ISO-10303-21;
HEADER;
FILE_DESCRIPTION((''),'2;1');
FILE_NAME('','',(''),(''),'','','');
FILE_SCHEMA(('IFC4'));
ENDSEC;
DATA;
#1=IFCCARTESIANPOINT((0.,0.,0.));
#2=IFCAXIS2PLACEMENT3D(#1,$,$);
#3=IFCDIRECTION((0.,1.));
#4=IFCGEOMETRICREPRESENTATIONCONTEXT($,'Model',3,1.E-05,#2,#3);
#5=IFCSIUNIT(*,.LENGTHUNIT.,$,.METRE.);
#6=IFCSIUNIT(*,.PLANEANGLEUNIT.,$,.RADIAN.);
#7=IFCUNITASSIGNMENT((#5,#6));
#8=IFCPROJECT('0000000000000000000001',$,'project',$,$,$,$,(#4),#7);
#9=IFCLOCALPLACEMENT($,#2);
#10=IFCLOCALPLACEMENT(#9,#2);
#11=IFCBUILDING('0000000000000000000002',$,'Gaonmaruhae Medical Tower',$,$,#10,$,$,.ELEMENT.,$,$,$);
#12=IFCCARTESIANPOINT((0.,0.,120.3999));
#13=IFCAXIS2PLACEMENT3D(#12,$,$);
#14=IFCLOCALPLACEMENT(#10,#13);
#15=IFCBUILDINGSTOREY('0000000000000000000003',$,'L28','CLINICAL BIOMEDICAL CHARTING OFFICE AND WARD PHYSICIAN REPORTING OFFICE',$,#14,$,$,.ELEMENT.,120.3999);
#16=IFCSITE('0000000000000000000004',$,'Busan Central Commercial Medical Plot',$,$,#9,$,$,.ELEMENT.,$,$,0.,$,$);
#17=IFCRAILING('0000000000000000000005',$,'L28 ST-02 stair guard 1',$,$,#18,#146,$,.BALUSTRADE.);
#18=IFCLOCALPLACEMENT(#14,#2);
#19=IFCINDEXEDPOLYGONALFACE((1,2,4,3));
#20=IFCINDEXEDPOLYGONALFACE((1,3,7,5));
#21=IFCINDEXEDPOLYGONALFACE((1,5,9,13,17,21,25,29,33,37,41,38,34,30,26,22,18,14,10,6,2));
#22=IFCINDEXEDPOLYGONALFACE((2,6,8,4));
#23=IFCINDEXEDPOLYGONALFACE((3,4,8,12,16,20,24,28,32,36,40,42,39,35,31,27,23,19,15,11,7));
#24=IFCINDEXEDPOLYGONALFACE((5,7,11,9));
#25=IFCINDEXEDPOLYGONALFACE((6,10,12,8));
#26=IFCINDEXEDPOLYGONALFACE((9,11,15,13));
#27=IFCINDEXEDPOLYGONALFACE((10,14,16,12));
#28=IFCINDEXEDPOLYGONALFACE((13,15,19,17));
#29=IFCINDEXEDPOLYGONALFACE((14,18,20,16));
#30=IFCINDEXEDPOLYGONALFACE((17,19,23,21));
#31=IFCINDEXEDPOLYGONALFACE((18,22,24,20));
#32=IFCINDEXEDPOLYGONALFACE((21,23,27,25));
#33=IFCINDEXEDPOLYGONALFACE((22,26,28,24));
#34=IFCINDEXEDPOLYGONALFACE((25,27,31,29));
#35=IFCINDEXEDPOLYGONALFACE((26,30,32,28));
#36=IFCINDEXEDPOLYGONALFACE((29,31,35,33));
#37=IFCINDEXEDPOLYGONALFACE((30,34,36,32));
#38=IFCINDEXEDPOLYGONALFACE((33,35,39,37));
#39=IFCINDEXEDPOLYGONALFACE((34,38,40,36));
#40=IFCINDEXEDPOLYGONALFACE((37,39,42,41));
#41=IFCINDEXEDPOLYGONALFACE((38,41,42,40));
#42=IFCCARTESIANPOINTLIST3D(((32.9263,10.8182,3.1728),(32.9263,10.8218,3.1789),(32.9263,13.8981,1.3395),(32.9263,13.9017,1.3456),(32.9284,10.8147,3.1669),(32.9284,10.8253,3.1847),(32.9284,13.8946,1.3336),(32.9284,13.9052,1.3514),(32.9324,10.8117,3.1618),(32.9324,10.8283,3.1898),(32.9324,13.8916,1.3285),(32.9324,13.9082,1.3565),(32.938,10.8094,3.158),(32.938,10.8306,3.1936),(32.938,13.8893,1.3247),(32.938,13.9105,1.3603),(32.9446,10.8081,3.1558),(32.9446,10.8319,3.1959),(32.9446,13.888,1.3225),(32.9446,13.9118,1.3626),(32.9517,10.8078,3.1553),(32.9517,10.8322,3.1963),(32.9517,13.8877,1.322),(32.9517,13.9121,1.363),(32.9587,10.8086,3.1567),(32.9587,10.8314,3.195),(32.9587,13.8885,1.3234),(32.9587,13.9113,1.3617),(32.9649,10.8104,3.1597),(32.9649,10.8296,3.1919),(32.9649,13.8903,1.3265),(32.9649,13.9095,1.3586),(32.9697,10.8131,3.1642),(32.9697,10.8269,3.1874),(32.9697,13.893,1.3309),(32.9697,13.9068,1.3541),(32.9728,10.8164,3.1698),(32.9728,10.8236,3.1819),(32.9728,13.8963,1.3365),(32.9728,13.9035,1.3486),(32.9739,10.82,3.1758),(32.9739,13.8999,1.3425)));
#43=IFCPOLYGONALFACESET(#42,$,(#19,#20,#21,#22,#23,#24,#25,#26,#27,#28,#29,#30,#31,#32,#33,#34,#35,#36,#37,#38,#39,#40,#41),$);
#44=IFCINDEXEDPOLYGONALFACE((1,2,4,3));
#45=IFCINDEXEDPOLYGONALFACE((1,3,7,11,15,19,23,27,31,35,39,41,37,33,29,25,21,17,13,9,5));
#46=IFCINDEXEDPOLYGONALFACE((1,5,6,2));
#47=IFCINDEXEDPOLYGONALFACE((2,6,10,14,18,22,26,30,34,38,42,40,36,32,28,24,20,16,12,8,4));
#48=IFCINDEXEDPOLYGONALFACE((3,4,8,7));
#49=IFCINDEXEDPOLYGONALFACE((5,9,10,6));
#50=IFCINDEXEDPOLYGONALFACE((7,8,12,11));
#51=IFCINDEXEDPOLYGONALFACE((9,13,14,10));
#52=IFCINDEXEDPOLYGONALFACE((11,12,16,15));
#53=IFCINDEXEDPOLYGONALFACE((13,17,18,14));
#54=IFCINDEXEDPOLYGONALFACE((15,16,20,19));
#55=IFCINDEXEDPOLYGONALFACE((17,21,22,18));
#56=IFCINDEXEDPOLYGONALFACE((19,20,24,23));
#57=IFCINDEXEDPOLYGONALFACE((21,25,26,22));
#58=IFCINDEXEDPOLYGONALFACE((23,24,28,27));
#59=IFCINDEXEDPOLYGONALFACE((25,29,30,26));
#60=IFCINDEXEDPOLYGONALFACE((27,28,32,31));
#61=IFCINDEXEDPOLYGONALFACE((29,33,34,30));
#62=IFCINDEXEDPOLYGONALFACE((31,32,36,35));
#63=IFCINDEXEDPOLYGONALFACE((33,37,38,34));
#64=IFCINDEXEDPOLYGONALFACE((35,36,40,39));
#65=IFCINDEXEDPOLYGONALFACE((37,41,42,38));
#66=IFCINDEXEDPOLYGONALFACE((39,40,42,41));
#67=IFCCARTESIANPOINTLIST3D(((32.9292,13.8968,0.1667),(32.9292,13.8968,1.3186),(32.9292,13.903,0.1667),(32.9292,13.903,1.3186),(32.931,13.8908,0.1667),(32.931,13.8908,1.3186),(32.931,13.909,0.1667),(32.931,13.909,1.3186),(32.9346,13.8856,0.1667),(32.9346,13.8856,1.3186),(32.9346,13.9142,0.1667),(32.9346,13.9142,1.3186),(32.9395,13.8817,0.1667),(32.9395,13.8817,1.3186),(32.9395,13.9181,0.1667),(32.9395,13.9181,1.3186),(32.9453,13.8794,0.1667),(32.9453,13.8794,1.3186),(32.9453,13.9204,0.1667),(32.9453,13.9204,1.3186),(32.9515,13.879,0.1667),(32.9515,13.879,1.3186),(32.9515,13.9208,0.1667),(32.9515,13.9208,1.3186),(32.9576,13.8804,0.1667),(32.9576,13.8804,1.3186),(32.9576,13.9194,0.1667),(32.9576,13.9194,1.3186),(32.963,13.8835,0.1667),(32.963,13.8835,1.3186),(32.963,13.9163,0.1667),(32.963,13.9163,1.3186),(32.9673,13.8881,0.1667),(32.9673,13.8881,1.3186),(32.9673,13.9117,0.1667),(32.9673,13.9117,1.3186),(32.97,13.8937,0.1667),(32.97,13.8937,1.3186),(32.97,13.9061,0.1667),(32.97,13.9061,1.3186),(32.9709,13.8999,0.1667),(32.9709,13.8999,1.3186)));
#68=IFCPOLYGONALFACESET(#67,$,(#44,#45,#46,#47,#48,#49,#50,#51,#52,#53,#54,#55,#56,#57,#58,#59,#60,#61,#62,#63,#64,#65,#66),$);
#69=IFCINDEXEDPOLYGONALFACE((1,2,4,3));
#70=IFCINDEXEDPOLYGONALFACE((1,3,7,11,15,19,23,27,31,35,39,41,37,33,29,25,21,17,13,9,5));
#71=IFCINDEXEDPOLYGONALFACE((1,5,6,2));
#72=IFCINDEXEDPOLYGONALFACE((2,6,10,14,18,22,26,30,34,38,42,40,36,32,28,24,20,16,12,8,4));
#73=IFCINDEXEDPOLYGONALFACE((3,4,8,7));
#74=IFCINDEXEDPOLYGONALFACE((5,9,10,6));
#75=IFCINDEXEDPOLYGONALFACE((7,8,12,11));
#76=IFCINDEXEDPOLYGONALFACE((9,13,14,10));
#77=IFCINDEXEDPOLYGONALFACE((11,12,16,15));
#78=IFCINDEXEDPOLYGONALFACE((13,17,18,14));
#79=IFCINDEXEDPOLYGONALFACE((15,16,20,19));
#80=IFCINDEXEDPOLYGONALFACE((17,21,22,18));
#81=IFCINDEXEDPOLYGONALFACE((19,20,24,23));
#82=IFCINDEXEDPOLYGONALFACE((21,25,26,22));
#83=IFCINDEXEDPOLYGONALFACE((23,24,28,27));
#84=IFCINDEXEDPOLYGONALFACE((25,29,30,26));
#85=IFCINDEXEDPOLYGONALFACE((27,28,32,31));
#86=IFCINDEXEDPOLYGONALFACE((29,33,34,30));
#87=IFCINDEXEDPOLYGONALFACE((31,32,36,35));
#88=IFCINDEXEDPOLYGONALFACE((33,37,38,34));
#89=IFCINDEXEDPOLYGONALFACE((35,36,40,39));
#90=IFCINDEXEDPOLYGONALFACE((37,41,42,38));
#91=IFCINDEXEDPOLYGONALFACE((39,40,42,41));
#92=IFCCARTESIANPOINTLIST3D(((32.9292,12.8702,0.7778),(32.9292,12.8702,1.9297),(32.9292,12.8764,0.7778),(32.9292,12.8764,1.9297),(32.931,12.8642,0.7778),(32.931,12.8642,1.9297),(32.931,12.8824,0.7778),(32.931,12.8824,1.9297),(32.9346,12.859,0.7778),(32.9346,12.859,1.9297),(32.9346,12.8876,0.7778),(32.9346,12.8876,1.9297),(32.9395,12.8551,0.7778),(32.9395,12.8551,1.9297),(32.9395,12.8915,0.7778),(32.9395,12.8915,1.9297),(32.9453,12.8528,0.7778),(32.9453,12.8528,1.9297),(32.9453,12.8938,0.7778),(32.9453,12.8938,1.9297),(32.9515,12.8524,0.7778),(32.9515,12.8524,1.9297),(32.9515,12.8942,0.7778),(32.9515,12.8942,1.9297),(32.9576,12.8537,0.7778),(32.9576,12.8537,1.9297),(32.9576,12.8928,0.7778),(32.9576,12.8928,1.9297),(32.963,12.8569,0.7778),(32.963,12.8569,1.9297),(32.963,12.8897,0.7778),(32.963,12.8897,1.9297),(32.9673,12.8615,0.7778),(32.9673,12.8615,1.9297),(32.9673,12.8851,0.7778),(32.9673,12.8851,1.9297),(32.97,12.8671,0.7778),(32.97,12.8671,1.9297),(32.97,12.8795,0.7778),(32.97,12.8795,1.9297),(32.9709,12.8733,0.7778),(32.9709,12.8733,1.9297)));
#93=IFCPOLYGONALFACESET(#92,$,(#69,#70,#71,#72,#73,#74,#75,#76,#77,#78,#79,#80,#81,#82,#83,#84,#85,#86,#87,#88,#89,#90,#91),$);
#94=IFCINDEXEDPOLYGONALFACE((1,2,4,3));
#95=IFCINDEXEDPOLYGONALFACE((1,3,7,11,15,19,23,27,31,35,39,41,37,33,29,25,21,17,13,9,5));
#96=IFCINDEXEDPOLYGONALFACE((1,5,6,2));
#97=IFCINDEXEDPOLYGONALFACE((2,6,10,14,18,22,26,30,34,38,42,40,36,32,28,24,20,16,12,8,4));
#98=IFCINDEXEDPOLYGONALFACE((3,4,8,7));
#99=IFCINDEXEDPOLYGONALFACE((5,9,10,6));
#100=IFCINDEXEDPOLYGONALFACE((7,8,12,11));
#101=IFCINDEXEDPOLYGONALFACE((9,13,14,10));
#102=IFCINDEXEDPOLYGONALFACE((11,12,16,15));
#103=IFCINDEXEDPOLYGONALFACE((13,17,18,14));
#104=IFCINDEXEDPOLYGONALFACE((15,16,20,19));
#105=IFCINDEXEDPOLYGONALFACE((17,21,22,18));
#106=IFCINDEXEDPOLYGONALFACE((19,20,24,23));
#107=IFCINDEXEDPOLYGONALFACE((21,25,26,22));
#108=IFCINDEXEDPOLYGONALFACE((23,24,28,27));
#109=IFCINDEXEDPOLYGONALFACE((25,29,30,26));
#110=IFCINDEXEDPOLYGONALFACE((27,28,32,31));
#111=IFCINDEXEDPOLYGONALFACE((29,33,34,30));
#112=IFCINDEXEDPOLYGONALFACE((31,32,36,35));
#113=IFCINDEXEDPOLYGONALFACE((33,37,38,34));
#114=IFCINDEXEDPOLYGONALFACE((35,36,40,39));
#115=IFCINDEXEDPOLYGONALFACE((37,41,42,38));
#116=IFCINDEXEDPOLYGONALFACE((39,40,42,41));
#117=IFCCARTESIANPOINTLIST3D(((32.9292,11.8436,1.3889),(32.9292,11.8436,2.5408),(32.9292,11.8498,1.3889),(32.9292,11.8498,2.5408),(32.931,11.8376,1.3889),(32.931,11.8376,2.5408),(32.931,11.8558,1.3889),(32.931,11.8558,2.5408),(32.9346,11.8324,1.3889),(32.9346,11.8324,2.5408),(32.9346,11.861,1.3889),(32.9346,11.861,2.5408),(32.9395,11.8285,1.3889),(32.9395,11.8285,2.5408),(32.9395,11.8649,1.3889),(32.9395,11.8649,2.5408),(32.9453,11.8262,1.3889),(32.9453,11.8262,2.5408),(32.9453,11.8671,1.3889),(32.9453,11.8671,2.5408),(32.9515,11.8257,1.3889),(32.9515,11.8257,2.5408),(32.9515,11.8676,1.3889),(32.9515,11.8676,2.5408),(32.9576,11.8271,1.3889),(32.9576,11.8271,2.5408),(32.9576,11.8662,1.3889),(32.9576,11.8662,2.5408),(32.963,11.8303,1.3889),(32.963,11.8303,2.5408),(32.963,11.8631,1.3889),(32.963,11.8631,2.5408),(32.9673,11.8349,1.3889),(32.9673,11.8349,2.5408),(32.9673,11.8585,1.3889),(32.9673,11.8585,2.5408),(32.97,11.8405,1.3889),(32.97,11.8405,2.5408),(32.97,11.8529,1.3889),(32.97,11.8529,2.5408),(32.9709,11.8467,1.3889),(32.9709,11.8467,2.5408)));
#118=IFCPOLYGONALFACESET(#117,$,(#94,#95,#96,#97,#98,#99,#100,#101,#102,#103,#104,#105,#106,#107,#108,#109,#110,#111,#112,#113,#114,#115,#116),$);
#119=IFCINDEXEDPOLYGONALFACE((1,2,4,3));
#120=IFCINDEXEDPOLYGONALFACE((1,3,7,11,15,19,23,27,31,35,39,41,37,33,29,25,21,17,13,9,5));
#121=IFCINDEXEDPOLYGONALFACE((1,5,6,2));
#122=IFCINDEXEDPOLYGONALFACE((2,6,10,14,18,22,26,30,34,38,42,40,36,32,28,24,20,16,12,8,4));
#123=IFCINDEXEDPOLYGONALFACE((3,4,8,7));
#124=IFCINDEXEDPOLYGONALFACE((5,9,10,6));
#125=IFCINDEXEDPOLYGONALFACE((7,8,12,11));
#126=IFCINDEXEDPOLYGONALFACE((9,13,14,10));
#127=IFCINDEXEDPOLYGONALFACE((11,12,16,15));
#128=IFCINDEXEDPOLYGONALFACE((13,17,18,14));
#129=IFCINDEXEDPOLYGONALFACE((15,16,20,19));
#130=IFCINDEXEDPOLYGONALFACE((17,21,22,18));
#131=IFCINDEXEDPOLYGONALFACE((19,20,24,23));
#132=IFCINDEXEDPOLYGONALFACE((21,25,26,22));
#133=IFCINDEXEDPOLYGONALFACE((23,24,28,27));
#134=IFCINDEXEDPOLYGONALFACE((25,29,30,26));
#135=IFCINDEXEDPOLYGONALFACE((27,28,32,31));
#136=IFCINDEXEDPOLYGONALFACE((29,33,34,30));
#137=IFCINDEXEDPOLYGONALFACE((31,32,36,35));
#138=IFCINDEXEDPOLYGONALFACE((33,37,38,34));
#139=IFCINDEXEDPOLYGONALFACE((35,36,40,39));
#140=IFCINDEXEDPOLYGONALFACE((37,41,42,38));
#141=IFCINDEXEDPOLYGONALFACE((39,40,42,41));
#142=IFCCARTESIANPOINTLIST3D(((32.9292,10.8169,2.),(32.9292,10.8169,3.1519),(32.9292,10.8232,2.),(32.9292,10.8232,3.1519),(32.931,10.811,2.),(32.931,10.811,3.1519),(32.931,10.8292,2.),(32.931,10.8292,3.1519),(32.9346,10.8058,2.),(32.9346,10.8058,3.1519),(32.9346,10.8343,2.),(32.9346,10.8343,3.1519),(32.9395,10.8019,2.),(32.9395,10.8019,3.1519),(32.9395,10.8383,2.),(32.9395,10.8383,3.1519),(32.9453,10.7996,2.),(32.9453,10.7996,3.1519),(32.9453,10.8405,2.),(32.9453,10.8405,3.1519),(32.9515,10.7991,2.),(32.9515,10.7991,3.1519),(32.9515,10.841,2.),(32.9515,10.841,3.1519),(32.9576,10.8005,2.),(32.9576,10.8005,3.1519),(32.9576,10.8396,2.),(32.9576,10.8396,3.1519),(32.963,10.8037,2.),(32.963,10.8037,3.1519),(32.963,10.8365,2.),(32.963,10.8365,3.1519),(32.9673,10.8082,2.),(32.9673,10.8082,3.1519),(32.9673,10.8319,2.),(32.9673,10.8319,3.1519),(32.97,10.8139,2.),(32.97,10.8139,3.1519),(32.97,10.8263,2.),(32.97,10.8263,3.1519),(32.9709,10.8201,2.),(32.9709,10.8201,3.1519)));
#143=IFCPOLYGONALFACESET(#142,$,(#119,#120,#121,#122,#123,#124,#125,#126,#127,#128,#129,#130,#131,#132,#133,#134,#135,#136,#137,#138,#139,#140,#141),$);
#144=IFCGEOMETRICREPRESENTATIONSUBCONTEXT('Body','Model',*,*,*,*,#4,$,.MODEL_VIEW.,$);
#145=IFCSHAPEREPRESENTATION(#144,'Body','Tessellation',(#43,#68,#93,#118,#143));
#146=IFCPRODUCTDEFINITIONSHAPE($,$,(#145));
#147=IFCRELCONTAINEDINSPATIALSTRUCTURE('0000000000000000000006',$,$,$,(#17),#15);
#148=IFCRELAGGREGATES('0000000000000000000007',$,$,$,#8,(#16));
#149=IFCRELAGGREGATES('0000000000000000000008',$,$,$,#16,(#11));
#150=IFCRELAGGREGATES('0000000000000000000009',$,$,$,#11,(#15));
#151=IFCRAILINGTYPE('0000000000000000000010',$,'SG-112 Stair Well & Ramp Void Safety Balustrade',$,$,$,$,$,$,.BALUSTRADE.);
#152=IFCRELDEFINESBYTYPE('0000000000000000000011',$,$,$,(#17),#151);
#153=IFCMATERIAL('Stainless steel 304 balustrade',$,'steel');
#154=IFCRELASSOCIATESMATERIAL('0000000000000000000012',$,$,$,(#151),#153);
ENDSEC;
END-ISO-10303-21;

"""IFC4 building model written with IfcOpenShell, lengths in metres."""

from ifc_helpers import new_model, si_unit, direction, frame, origin, origin_2d, place, context, subcontext, project, spatial, circle, extrude, material, type_object, element, save


model = new_model("IFC4")

# Units and contexts
model_context = context("Model", 3, precision=1e-05, world=origin(), true_north=direction((0.0, 1.0)))
body_context = subcontext(model_context, "Body", "Model", "MODEL_VIEW")
ifc_project = project(units=[si_unit("LENGTHUNIT", "METRE"), si_unit("PLANEANGLEUNIT", "RADIAN")], contexts=[model_context])

# Site, building, storey
site_placement = place(None, origin())
site = spatial("IfcSite", under=ifc_project, at=site_placement, Name="Busan Central Commercial Medical Plot", CompositionType="ELEMENT", RefElevation=0.0)
building_placement = place(site_placement, origin())
building = spatial("IfcBuilding", under=site, at=building_placement, Name="Gaonmaruhae Medical Tower", CompositionType="ELEMENT")
storey_placement = place(building_placement, frame((0.0, 0.0, 120.3999)))
storey = spatial("IfcBuildingStorey", under=building, at=storey_placement, Name="L28", Description="CLINICAL BIOMEDICAL CHARTING OFFICE AND WARD PHYSICIAN REPORTING OFFICE", CompositionType="ELEMENT", Elevation=120.3999)

# Railing
ifc_material_1 = material(Name="Stainless steel 304 balustrade", Category="steel")
railing_type_1 = type_object("IfcRailingType", Name="SG-112 Stair Well & Ramp Void Safety Balustrade", PredefinedType="BALUSTRADE", material=ifc_material_1)
railing_1_placement = place(storey_placement, frame((32.95, 13.8999, 0.1667)))
element("IfcRailing", 1, at=railing_1_placement, inside=storey, type_object=railing_type_1, Name="L28 ST-02 stair guard 1", PredefinedType="BALUSTRADE", context=body_context, shape_type="SweptSolid", body=[
    extrude(circle(Radius=0.0239, at=origin_2d()), frame((0.0, 0.0, 1.1758), z_axis=(0.0, -0.859291, 0.511487), x_axis=(1.0, 0.0, 0.0)), (0.0, 0.0, 1.0), 3.5842),
    extrude(circle(Radius=0.021, at=origin_2d()), origin(), (0.0, 0.0, 1.0), 1.1519),
    extrude(circle(Radius=0.021, at=origin_2d()), frame((0.0, -1.0266, 0.6111)), (0.0, 0.0, 1.0), 1.1519),
    extrude(circle(Radius=0.021, at=origin_2d()), frame((0.0, -2.0532, 1.2222)), (0.0, 0.0, 1.0), 1.1519),
    extrude(circle(Radius=0.021, at=origin_2d()), frame((0.0, -3.0798, 1.8333)), (0.0, 0.0, 1.0), 1.1519),
])

save(model, "model.ifc")
